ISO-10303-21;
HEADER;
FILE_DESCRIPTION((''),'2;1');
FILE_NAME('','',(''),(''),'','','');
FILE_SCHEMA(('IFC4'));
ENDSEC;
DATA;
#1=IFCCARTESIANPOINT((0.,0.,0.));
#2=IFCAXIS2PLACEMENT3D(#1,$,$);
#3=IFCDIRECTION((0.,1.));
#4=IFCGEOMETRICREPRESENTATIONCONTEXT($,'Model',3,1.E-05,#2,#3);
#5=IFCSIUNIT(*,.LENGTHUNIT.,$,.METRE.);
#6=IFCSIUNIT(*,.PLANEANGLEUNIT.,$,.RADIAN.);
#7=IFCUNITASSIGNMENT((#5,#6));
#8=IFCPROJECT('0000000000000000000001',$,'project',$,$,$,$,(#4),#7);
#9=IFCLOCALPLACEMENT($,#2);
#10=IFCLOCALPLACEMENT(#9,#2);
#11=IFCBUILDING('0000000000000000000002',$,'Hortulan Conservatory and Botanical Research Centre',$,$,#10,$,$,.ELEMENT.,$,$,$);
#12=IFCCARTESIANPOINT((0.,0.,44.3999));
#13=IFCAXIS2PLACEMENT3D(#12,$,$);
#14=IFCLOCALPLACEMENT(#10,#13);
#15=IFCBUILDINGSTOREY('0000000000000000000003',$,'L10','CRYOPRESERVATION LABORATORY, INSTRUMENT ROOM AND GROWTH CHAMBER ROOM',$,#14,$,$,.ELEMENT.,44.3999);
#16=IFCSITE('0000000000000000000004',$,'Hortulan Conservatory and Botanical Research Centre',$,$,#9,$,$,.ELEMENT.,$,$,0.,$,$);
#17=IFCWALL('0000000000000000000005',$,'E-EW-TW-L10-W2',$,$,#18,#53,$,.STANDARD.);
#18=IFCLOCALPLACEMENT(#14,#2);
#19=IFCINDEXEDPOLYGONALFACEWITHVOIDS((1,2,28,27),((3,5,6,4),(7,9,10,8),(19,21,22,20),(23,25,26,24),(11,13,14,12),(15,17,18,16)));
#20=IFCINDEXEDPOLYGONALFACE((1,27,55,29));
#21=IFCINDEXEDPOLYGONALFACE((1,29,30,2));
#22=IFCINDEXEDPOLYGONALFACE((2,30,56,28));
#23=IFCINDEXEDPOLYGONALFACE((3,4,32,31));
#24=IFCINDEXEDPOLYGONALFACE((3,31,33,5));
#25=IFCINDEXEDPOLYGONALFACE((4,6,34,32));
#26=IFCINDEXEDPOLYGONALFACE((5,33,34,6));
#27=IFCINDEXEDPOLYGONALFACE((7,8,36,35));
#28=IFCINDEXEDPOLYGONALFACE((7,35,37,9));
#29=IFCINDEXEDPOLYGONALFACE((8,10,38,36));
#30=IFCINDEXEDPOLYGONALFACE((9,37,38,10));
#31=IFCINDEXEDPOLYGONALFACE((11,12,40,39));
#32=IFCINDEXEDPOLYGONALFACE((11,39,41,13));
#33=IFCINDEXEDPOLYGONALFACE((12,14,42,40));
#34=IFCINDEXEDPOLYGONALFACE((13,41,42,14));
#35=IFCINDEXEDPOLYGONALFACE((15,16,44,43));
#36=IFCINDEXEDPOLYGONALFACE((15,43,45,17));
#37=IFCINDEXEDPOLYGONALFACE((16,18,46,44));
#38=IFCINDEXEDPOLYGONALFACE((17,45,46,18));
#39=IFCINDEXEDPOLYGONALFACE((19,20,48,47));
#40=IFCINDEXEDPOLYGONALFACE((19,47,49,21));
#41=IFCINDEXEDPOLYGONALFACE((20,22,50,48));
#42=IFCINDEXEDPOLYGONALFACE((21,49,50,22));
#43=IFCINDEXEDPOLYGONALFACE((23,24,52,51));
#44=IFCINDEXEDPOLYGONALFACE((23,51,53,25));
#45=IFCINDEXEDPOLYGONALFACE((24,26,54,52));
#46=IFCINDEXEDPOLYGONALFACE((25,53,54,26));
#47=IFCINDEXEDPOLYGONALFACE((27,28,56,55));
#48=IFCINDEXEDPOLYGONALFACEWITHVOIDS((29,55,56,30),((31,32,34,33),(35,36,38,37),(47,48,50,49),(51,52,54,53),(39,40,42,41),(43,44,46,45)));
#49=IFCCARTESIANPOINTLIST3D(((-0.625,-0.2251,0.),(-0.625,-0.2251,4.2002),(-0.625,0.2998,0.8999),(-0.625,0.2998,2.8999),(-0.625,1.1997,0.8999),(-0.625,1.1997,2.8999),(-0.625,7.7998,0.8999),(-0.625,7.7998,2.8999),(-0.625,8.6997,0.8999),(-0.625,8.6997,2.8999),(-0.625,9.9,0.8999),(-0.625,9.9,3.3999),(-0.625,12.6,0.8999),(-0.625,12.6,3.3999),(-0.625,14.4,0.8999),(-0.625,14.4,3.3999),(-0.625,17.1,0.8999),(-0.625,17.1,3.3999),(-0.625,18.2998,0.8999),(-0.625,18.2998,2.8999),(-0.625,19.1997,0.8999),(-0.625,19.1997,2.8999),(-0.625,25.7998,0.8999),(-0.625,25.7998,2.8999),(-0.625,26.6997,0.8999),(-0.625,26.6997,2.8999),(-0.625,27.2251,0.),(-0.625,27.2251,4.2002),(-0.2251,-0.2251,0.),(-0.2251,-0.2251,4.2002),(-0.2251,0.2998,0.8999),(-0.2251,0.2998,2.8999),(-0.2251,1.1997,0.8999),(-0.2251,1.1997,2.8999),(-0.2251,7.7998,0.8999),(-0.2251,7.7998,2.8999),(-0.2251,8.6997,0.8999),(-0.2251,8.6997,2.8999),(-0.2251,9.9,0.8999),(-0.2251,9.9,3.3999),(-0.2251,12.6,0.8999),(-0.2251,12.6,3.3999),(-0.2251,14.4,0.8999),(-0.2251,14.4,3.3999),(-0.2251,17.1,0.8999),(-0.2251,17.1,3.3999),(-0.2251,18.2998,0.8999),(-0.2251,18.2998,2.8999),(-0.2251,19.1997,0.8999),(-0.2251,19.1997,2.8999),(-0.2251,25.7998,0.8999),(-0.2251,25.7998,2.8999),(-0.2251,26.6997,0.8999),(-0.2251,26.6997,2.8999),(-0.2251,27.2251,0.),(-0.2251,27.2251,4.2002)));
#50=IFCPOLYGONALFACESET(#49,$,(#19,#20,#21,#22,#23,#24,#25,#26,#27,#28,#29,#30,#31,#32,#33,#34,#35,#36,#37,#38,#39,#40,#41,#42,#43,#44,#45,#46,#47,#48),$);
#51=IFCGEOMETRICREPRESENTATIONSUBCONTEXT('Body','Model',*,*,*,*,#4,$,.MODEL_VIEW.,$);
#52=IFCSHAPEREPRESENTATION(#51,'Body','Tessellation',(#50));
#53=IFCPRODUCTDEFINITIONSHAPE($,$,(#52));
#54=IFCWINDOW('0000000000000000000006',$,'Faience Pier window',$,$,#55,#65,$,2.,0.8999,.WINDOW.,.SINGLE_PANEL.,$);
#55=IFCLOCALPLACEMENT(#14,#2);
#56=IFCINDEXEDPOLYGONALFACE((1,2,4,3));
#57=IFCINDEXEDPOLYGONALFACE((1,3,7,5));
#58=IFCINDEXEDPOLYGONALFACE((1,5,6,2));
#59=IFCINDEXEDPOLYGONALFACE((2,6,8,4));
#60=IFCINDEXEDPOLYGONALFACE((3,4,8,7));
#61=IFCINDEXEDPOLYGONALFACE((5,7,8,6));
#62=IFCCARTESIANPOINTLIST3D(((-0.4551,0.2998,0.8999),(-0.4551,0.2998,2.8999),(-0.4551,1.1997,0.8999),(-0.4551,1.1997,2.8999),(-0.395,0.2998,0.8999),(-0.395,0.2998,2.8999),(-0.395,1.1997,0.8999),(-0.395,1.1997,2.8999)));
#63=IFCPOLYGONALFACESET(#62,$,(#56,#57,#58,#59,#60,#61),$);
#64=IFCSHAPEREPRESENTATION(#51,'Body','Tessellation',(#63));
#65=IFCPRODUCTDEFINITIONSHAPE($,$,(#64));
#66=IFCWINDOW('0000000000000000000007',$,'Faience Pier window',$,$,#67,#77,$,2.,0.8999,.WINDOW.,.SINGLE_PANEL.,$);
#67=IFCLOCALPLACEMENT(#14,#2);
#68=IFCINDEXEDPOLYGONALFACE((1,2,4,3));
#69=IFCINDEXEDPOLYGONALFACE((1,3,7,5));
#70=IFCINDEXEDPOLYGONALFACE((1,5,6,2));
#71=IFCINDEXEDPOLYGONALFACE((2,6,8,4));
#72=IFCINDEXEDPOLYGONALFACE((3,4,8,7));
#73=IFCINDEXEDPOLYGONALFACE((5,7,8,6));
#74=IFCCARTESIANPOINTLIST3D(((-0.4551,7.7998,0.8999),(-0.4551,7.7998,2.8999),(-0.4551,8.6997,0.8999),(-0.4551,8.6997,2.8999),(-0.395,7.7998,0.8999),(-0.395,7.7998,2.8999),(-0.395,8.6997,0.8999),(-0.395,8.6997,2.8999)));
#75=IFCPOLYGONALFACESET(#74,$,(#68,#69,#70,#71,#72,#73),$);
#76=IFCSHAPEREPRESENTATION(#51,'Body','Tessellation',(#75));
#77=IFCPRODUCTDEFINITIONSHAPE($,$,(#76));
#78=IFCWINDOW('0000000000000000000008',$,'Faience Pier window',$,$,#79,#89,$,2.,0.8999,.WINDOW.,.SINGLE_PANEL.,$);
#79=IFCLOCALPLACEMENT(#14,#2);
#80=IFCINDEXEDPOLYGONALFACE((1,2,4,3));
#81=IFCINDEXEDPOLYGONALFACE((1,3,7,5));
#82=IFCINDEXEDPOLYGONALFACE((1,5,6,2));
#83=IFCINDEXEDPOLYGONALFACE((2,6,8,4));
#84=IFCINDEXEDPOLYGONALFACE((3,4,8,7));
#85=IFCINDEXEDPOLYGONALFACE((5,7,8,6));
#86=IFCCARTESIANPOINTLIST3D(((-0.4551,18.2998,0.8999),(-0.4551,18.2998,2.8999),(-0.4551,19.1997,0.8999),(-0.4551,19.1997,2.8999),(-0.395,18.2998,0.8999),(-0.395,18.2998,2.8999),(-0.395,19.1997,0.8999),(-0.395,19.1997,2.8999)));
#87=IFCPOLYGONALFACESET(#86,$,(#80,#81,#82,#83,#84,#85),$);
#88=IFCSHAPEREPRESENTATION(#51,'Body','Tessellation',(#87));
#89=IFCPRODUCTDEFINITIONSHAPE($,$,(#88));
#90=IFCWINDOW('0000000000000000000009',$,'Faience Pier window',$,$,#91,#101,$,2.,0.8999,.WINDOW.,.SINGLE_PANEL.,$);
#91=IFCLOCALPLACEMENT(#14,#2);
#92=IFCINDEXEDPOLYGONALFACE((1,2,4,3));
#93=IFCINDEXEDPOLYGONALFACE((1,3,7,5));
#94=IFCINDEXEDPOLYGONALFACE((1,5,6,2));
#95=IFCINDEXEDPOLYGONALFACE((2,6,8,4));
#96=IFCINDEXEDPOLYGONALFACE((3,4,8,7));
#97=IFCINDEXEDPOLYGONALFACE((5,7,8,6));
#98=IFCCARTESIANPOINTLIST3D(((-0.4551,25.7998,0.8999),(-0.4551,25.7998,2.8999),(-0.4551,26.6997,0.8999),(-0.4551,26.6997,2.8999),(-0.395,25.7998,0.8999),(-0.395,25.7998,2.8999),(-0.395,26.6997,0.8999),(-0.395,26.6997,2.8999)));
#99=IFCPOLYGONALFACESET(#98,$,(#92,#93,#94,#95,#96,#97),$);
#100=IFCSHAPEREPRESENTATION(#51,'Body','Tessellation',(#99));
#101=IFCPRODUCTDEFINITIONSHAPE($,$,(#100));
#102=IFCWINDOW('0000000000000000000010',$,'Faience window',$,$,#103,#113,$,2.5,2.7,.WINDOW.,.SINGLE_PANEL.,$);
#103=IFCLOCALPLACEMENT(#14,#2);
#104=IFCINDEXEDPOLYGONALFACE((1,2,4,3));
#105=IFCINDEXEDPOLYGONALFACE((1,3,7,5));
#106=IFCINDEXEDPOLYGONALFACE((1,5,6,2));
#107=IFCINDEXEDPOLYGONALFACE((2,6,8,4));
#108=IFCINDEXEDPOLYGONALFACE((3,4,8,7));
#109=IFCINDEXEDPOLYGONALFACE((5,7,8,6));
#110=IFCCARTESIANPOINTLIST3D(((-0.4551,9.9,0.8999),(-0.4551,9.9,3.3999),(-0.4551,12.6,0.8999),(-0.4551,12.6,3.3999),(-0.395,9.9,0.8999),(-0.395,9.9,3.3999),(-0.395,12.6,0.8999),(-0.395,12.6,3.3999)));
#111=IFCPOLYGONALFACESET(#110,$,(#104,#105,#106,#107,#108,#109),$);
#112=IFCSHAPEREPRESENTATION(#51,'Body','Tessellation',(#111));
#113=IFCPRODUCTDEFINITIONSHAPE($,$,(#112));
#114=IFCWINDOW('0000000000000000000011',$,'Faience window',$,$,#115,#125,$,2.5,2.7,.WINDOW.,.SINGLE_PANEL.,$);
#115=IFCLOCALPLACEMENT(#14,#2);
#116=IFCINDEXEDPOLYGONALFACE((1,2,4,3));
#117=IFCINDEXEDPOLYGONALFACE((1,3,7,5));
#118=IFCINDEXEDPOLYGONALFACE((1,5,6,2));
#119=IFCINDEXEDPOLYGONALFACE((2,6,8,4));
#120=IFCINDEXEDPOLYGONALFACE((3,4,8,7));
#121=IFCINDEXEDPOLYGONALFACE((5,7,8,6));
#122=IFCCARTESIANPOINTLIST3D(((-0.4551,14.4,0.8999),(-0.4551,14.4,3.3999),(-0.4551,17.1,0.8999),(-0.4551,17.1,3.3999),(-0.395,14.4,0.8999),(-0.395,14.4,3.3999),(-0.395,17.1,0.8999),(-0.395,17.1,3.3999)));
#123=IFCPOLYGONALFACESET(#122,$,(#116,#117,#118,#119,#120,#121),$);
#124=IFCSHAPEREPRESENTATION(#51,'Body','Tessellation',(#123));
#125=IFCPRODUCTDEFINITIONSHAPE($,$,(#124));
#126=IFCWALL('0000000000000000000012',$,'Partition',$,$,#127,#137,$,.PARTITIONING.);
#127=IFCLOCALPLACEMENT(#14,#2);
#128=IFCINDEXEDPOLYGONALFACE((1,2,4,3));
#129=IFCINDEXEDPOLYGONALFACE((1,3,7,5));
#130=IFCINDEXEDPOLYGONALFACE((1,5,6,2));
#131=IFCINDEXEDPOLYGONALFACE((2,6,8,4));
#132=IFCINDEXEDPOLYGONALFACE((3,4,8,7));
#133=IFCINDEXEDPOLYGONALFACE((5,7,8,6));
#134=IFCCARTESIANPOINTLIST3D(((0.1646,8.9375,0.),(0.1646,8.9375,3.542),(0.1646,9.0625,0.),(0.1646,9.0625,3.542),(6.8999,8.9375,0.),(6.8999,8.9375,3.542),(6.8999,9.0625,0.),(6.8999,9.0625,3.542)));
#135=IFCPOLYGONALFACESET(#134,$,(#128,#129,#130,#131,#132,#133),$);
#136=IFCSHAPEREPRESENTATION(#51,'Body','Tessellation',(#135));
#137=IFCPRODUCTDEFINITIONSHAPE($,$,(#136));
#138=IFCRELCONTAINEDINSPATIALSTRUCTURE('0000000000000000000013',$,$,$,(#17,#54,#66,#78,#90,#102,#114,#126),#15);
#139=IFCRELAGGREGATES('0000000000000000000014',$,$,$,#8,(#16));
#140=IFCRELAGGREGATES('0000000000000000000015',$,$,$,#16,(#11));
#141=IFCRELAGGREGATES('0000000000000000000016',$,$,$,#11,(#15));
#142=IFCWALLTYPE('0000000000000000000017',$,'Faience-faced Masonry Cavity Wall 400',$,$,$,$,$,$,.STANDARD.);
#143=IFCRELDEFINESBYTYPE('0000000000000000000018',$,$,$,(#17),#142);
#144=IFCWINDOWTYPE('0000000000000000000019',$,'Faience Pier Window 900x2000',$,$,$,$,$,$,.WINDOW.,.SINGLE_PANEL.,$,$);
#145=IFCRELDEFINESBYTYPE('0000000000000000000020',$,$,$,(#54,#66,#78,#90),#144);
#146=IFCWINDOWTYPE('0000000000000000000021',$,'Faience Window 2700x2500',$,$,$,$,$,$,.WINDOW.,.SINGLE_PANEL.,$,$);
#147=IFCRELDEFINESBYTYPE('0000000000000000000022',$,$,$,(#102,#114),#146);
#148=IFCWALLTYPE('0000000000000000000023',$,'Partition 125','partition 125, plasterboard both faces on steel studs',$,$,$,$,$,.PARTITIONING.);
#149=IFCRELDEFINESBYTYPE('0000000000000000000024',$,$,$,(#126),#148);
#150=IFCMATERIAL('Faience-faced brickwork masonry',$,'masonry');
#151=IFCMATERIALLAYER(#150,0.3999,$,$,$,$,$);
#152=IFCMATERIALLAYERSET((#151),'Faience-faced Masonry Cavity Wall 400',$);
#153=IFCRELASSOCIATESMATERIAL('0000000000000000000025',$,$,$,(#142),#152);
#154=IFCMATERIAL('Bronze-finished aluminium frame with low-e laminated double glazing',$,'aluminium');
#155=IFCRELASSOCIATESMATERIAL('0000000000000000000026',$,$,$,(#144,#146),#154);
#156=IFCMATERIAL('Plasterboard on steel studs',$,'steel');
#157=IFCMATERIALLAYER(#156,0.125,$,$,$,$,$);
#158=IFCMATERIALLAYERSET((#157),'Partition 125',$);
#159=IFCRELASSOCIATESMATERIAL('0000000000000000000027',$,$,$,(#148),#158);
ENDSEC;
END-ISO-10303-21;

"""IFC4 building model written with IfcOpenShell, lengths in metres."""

from ifc_helpers import new_model, si_unit, direction, frame, frame_2d, origin, place, context, subcontext, project, spatial, rectangle, extrude, material, layer, layer_set, type_object, element, fill, save


model = new_model("IFC4")

# Units and contexts
model_context = context("Model", 3, precision=1e-05, world=origin(), true_north=direction((0.0, 1.0)))
body_context = subcontext(model_context, "Body", "Model", "MODEL_VIEW")
ifc_project = project(units=[si_unit("LENGTHUNIT", "METRE"), si_unit("PLANEANGLEUNIT", "RADIAN")], contexts=[model_context])

# Site, building, storey
site_placement = place(None, origin())
site = spatial("IfcSite", under=ifc_project, at=site_placement, Name="Hortulan Conservatory and Botanical Research Centre", CompositionType="ELEMENT", RefElevation=0.0)
building_placement = place(site_placement, origin())
building = spatial("IfcBuilding", under=site, at=building_placement, Name="Hortulan Conservatory and Botanical Research Centre", CompositionType="ELEMENT")
storey_placement = place(building_placement, frame((0.0, 0.0, 44.3999)))
storey = spatial("IfcBuildingStorey", under=building, at=storey_placement, Name="L10", Description="CRYOPRESERVATION LABORATORY, INSTRUMENT ROOM AND GROWTH CHAMBER ROOM", CompositionType="ELEMENT", Elevation=44.3999)

# Wall, openings, windows
ifc_material_1 = material(Name="Faience-faced brickwork masonry", Category="masonry")
ifc_layer_1 = layer(ifc_material_1, 0.3999)
ifc_layer_set_1 = layer_set([ifc_layer_1], Name="Faience-faced Masonry Cavity Wall 400")
wall_type_1 = type_object("IfcWallType", Name="Faience-faced Masonry Cavity Wall 400", PredefinedType="STANDARD", material=ifc_layer_set_1)
wall_1_placement = place(storey_placement, frame((-0.425, -0.2251, 0.0), z_axis=(0.0, 0.0, 1.0), x_axis=(0.0, 1.0, 0.0)))
wall_1 = element("IfcWall", 1, at=wall_1_placement, inside=storey, type_object=wall_type_1, Name="E-EW-TW-L10-W2", PredefinedType="STANDARD", context=body_context, shape_type="SweptSolid", body=[
    extrude(rectangle(XDim=27.4502, YDim=0.3999, at=frame_2d((13.7251, 0.0))), origin(), (0.0, 0.0, 1.0), 4.2002),
])
opening_1_placement = place(wall_1_placement, frame((0.5249, 0.0, 0.8999)))
opening_1 = element("IfcOpeningElement", 2, at=opening_1_placement, cuts=wall_1, PredefinedType="OPENING", context=body_context, shape_type="SweptSolid", body=[
    extrude(rectangle(XDim=0.8999, YDim=2.0, at=frame_2d((0.45, 1.0))), frame((0.0, 0.21, 0.0), z_axis=(0.0, -1.0, 0.0), x_axis=(1.0, 0.0, 0.0)), (0.0, 0.0, 1.0), 0.4199),
])
opening_2_placement = place(wall_1_placement, frame((8.0249, 0.0, 0.8999)))
opening_2 = element("IfcOpeningElement", 3, at=opening_2_placement, cuts=wall_1, PredefinedType="OPENING", context=body_context, shape_type="SweptSolid", body=[
    extrude(rectangle(XDim=0.8999, YDim=2.0, at=frame_2d((0.45, 1.0))), frame((0.0, 0.21, 0.0), z_axis=(0.0, -1.0, 0.0), x_axis=(1.0, 0.0, 0.0)), (0.0, 0.0, 1.0), 0.4199),
])
opening_3_placement = place(wall_1_placement, frame((10.125, 0.0, 0.8999)))
opening_3 = element("IfcOpeningElement", 4, at=opening_3_placement, cuts=wall_1, PredefinedType="OPENING", context=body_context, shape_type="SweptSolid", body=[
    extrude(rectangle(XDim=2.7, YDim=2.5, at=frame_2d((1.3501, 1.25))), frame((0.0, 0.21, 0.0), z_axis=(0.0, -1.0, 0.0), x_axis=(1.0, 0.0, 0.0)), (0.0, 0.0, 1.0), 0.4199),
])
opening_4_placement = place(wall_1_placement, frame((14.625, 0.0, 0.8999)))
opening_4 = element("IfcOpeningElement", 5, at=opening_4_placement, cuts=wall_1, PredefinedType="OPENING", context=body_context, shape_type="SweptSolid", body=[
    extrude(rectangle(XDim=2.7, YDim=2.5, at=frame_2d((1.3501, 1.25))), frame((0.0, 0.21, 0.0), z_axis=(0.0, -1.0, 0.0), x_axis=(1.0, 0.0, 0.0)), (0.0, 0.0, 1.0), 0.4199),
])
opening_5_placement = place(wall_1_placement, frame((18.5249, 0.0, 0.8999)))
opening_5 = element("IfcOpeningElement", 6, at=opening_5_placement, cuts=wall_1, PredefinedType="OPENING", context=body_context, shape_type="SweptSolid", body=[
    extrude(rectangle(XDim=0.8999, YDim=2.0, at=frame_2d((0.45, 1.0))), frame((0.0, 0.21, 0.0), z_axis=(0.0, -1.0, 0.0), x_axis=(1.0, 0.0, 0.0)), (0.0, 0.0, 1.0), 0.4199),
])
opening_6_placement = place(wall_1_placement, frame((26.0249, 0.0, 0.8999)))
opening_6 = element("IfcOpeningElement", 7, at=opening_6_placement, cuts=wall_1, PredefinedType="OPENING", context=body_context, shape_type="SweptSolid", body=[
    extrude(rectangle(XDim=0.8999, YDim=2.0, at=frame_2d((0.45, 1.0))), frame((0.0, 0.21, 0.0), z_axis=(0.0, -1.0, 0.0), x_axis=(1.0, 0.0, 0.0)), (0.0, 0.0, 1.0), 0.4199),
])
ifc_material_2 = material(Name="Bronze-finished aluminium frame with low-e laminated double glazing", Category="aluminium")
window_type_1 = type_object("IfcWindowType", Name="Faience Pier Window 900x2000", PartitioningType="SINGLE_PANEL", PredefinedType="WINDOW", material=ifc_material_2)
window_1_placement = place(opening_1_placement, origin())
window_1 = element("IfcWindow", 8, at=window_1_placement, inside=storey, type_object=window_type_1, Name="Faience Pier window", OverallHeight=2.0, OverallWidth=0.8999, PartitioningType="SINGLE_PANEL", PredefinedType="WINDOW", context=body_context, shape_type="SweptSolid", body=[
    extrude(rectangle(XDim=0.8999, YDim=2.0, at=frame_2d((0.45, 1.0))), frame((0.0, 0.03, 0.0), z_axis=(0.0, -1.0, 0.0), x_axis=(1.0, 0.0, 0.0)), (0.0, 0.0, 1.0), 0.0601),
])
fill(opening_1, window_1)
window_2_placement = place(opening_2_placement, origin())
window_2 = element("IfcWindow", 9, at=window_2_placement, inside=storey, type_object=window_type_1, Name="Faience Pier window", OverallHeight=2.0, OverallWidth=0.8999, PartitioningType="SINGLE_PANEL", PredefinedType="WINDOW", context=body_context, shape_type="SweptSolid", body=[
    extrude(rectangle(XDim=0.8999, YDim=2.0, at=frame_2d((0.45, 1.0))), frame((0.0, 0.03, 0.0), z_axis=(0.0, -1.0, 0.0), x_axis=(1.0, 0.0, 0.0)), (0.0, 0.0, 1.0), 0.0601),
])
fill(opening_2, window_2)
window_3_placement = place(opening_5_placement, origin())
window_3 = element("IfcWindow", 10, at=window_3_placement, inside=storey, type_object=window_type_1, Name="Faience Pier window", OverallHeight=2.0, OverallWidth=0.8999, PartitioningType="SINGLE_PANEL", PredefinedType="WINDOW", context=body_context, shape_type="SweptSolid", body=[
    extrude(rectangle(XDim=0.8999, YDim=2.0, at=frame_2d((0.45, 1.0))), frame((0.0, 0.03, 0.0), z_axis=(0.0, -1.0, 0.0), x_axis=(1.0, 0.0, 0.0)), (0.0, 0.0, 1.0), 0.0601),
])
fill(opening_5, window_3)
window_4_placement = place(opening_6_placement, origin())
window_4 = element("IfcWindow", 11, at=window_4_placement, inside=storey, type_object=window_type_1, Name="Faience Pier window", OverallHeight=2.0, OverallWidth=0.8999, PartitioningType="SINGLE_PANEL", PredefinedType="WINDOW", context=body_context, shape_type="SweptSolid", body=[
    extrude(rectangle(XDim=0.8999, YDim=2.0, at=frame_2d((0.45, 1.0))), frame((0.0, 0.03, 0.0), z_axis=(0.0, -1.0, 0.0), x_axis=(1.0, 0.0, 0.0)), (0.0, 0.0, 1.0), 0.0601),
])
fill(opening_6, window_4)
window_type_2 = type_object("IfcWindowType", Name="Faience Window 2700x2500", PartitioningType="SINGLE_PANEL", PredefinedType="WINDOW", material=ifc_material_2)
window_5_placement = place(opening_3_placement, origin())
window_5 = element("IfcWindow", 12, at=window_5_placement, inside=storey, type_object=window_type_2, Name="Faience window", OverallHeight=2.5, OverallWidth=2.7, PartitioningType="SINGLE_PANEL", PredefinedType="WINDOW", context=body_context, shape_type="SweptSolid", body=[
    extrude(rectangle(XDim=2.7, YDim=2.5, at=frame_2d((1.3501, 1.25))), frame((0.0, 0.03, 0.0), z_axis=(0.0, -1.0, 0.0), x_axis=(1.0, 0.0, 0.0)), (0.0, 0.0, 1.0), 0.0601),
])
fill(opening_3, window_5)
window_6_placement = place(opening_4_placement, origin())
window_6 = element("IfcWindow", 13, at=window_6_placement, inside=storey, type_object=window_type_2, Name="Faience window", OverallHeight=2.5, OverallWidth=2.7, PartitioningType="SINGLE_PANEL", PredefinedType="WINDOW", context=body_context, shape_type="SweptSolid", body=[
    extrude(rectangle(XDim=2.7, YDim=2.5, at=frame_2d((1.3501, 1.25))), frame((0.0, 0.03, 0.0), z_axis=(0.0, -1.0, 0.0), x_axis=(1.0, 0.0, 0.0)), (0.0, 0.0, 1.0), 0.0601),
])
fill(opening_4, window_6)

# Wall
ifc_material_3 = material(Name="Plasterboard on steel studs", Category="steel")
ifc_layer_2 = layer(ifc_material_3, 0.125)
ifc_layer_set_2 = layer_set([ifc_layer_2], Name="Partition 125")
wall_type_2 = type_object("IfcWallType", Name="Partition 125", Description="partition 125, plasterboard both faces on steel studs", PredefinedType="PARTITIONING", material=ifc_layer_set_2)
wall_2_placement = place(storey_placement, frame((0.1646, 9.0, 0.0), z_axis=(0.0, 0.0, 1.0), x_axis=(1.0, 0.0, 0.0)))
element("IfcWall", 14, at=wall_2_placement, inside=storey, type_object=wall_type_2, Name="Partition", PredefinedType="PARTITIONING", context=body_context, shape_type="SweptSolid", body=[
    extrude(rectangle(XDim=6.7354, YDim=0.125, at=frame_2d((3.3677, 0.0))), origin(), (0.0, 0.0, 1.0), 3.542),
])

save(model, "model.ifc")
